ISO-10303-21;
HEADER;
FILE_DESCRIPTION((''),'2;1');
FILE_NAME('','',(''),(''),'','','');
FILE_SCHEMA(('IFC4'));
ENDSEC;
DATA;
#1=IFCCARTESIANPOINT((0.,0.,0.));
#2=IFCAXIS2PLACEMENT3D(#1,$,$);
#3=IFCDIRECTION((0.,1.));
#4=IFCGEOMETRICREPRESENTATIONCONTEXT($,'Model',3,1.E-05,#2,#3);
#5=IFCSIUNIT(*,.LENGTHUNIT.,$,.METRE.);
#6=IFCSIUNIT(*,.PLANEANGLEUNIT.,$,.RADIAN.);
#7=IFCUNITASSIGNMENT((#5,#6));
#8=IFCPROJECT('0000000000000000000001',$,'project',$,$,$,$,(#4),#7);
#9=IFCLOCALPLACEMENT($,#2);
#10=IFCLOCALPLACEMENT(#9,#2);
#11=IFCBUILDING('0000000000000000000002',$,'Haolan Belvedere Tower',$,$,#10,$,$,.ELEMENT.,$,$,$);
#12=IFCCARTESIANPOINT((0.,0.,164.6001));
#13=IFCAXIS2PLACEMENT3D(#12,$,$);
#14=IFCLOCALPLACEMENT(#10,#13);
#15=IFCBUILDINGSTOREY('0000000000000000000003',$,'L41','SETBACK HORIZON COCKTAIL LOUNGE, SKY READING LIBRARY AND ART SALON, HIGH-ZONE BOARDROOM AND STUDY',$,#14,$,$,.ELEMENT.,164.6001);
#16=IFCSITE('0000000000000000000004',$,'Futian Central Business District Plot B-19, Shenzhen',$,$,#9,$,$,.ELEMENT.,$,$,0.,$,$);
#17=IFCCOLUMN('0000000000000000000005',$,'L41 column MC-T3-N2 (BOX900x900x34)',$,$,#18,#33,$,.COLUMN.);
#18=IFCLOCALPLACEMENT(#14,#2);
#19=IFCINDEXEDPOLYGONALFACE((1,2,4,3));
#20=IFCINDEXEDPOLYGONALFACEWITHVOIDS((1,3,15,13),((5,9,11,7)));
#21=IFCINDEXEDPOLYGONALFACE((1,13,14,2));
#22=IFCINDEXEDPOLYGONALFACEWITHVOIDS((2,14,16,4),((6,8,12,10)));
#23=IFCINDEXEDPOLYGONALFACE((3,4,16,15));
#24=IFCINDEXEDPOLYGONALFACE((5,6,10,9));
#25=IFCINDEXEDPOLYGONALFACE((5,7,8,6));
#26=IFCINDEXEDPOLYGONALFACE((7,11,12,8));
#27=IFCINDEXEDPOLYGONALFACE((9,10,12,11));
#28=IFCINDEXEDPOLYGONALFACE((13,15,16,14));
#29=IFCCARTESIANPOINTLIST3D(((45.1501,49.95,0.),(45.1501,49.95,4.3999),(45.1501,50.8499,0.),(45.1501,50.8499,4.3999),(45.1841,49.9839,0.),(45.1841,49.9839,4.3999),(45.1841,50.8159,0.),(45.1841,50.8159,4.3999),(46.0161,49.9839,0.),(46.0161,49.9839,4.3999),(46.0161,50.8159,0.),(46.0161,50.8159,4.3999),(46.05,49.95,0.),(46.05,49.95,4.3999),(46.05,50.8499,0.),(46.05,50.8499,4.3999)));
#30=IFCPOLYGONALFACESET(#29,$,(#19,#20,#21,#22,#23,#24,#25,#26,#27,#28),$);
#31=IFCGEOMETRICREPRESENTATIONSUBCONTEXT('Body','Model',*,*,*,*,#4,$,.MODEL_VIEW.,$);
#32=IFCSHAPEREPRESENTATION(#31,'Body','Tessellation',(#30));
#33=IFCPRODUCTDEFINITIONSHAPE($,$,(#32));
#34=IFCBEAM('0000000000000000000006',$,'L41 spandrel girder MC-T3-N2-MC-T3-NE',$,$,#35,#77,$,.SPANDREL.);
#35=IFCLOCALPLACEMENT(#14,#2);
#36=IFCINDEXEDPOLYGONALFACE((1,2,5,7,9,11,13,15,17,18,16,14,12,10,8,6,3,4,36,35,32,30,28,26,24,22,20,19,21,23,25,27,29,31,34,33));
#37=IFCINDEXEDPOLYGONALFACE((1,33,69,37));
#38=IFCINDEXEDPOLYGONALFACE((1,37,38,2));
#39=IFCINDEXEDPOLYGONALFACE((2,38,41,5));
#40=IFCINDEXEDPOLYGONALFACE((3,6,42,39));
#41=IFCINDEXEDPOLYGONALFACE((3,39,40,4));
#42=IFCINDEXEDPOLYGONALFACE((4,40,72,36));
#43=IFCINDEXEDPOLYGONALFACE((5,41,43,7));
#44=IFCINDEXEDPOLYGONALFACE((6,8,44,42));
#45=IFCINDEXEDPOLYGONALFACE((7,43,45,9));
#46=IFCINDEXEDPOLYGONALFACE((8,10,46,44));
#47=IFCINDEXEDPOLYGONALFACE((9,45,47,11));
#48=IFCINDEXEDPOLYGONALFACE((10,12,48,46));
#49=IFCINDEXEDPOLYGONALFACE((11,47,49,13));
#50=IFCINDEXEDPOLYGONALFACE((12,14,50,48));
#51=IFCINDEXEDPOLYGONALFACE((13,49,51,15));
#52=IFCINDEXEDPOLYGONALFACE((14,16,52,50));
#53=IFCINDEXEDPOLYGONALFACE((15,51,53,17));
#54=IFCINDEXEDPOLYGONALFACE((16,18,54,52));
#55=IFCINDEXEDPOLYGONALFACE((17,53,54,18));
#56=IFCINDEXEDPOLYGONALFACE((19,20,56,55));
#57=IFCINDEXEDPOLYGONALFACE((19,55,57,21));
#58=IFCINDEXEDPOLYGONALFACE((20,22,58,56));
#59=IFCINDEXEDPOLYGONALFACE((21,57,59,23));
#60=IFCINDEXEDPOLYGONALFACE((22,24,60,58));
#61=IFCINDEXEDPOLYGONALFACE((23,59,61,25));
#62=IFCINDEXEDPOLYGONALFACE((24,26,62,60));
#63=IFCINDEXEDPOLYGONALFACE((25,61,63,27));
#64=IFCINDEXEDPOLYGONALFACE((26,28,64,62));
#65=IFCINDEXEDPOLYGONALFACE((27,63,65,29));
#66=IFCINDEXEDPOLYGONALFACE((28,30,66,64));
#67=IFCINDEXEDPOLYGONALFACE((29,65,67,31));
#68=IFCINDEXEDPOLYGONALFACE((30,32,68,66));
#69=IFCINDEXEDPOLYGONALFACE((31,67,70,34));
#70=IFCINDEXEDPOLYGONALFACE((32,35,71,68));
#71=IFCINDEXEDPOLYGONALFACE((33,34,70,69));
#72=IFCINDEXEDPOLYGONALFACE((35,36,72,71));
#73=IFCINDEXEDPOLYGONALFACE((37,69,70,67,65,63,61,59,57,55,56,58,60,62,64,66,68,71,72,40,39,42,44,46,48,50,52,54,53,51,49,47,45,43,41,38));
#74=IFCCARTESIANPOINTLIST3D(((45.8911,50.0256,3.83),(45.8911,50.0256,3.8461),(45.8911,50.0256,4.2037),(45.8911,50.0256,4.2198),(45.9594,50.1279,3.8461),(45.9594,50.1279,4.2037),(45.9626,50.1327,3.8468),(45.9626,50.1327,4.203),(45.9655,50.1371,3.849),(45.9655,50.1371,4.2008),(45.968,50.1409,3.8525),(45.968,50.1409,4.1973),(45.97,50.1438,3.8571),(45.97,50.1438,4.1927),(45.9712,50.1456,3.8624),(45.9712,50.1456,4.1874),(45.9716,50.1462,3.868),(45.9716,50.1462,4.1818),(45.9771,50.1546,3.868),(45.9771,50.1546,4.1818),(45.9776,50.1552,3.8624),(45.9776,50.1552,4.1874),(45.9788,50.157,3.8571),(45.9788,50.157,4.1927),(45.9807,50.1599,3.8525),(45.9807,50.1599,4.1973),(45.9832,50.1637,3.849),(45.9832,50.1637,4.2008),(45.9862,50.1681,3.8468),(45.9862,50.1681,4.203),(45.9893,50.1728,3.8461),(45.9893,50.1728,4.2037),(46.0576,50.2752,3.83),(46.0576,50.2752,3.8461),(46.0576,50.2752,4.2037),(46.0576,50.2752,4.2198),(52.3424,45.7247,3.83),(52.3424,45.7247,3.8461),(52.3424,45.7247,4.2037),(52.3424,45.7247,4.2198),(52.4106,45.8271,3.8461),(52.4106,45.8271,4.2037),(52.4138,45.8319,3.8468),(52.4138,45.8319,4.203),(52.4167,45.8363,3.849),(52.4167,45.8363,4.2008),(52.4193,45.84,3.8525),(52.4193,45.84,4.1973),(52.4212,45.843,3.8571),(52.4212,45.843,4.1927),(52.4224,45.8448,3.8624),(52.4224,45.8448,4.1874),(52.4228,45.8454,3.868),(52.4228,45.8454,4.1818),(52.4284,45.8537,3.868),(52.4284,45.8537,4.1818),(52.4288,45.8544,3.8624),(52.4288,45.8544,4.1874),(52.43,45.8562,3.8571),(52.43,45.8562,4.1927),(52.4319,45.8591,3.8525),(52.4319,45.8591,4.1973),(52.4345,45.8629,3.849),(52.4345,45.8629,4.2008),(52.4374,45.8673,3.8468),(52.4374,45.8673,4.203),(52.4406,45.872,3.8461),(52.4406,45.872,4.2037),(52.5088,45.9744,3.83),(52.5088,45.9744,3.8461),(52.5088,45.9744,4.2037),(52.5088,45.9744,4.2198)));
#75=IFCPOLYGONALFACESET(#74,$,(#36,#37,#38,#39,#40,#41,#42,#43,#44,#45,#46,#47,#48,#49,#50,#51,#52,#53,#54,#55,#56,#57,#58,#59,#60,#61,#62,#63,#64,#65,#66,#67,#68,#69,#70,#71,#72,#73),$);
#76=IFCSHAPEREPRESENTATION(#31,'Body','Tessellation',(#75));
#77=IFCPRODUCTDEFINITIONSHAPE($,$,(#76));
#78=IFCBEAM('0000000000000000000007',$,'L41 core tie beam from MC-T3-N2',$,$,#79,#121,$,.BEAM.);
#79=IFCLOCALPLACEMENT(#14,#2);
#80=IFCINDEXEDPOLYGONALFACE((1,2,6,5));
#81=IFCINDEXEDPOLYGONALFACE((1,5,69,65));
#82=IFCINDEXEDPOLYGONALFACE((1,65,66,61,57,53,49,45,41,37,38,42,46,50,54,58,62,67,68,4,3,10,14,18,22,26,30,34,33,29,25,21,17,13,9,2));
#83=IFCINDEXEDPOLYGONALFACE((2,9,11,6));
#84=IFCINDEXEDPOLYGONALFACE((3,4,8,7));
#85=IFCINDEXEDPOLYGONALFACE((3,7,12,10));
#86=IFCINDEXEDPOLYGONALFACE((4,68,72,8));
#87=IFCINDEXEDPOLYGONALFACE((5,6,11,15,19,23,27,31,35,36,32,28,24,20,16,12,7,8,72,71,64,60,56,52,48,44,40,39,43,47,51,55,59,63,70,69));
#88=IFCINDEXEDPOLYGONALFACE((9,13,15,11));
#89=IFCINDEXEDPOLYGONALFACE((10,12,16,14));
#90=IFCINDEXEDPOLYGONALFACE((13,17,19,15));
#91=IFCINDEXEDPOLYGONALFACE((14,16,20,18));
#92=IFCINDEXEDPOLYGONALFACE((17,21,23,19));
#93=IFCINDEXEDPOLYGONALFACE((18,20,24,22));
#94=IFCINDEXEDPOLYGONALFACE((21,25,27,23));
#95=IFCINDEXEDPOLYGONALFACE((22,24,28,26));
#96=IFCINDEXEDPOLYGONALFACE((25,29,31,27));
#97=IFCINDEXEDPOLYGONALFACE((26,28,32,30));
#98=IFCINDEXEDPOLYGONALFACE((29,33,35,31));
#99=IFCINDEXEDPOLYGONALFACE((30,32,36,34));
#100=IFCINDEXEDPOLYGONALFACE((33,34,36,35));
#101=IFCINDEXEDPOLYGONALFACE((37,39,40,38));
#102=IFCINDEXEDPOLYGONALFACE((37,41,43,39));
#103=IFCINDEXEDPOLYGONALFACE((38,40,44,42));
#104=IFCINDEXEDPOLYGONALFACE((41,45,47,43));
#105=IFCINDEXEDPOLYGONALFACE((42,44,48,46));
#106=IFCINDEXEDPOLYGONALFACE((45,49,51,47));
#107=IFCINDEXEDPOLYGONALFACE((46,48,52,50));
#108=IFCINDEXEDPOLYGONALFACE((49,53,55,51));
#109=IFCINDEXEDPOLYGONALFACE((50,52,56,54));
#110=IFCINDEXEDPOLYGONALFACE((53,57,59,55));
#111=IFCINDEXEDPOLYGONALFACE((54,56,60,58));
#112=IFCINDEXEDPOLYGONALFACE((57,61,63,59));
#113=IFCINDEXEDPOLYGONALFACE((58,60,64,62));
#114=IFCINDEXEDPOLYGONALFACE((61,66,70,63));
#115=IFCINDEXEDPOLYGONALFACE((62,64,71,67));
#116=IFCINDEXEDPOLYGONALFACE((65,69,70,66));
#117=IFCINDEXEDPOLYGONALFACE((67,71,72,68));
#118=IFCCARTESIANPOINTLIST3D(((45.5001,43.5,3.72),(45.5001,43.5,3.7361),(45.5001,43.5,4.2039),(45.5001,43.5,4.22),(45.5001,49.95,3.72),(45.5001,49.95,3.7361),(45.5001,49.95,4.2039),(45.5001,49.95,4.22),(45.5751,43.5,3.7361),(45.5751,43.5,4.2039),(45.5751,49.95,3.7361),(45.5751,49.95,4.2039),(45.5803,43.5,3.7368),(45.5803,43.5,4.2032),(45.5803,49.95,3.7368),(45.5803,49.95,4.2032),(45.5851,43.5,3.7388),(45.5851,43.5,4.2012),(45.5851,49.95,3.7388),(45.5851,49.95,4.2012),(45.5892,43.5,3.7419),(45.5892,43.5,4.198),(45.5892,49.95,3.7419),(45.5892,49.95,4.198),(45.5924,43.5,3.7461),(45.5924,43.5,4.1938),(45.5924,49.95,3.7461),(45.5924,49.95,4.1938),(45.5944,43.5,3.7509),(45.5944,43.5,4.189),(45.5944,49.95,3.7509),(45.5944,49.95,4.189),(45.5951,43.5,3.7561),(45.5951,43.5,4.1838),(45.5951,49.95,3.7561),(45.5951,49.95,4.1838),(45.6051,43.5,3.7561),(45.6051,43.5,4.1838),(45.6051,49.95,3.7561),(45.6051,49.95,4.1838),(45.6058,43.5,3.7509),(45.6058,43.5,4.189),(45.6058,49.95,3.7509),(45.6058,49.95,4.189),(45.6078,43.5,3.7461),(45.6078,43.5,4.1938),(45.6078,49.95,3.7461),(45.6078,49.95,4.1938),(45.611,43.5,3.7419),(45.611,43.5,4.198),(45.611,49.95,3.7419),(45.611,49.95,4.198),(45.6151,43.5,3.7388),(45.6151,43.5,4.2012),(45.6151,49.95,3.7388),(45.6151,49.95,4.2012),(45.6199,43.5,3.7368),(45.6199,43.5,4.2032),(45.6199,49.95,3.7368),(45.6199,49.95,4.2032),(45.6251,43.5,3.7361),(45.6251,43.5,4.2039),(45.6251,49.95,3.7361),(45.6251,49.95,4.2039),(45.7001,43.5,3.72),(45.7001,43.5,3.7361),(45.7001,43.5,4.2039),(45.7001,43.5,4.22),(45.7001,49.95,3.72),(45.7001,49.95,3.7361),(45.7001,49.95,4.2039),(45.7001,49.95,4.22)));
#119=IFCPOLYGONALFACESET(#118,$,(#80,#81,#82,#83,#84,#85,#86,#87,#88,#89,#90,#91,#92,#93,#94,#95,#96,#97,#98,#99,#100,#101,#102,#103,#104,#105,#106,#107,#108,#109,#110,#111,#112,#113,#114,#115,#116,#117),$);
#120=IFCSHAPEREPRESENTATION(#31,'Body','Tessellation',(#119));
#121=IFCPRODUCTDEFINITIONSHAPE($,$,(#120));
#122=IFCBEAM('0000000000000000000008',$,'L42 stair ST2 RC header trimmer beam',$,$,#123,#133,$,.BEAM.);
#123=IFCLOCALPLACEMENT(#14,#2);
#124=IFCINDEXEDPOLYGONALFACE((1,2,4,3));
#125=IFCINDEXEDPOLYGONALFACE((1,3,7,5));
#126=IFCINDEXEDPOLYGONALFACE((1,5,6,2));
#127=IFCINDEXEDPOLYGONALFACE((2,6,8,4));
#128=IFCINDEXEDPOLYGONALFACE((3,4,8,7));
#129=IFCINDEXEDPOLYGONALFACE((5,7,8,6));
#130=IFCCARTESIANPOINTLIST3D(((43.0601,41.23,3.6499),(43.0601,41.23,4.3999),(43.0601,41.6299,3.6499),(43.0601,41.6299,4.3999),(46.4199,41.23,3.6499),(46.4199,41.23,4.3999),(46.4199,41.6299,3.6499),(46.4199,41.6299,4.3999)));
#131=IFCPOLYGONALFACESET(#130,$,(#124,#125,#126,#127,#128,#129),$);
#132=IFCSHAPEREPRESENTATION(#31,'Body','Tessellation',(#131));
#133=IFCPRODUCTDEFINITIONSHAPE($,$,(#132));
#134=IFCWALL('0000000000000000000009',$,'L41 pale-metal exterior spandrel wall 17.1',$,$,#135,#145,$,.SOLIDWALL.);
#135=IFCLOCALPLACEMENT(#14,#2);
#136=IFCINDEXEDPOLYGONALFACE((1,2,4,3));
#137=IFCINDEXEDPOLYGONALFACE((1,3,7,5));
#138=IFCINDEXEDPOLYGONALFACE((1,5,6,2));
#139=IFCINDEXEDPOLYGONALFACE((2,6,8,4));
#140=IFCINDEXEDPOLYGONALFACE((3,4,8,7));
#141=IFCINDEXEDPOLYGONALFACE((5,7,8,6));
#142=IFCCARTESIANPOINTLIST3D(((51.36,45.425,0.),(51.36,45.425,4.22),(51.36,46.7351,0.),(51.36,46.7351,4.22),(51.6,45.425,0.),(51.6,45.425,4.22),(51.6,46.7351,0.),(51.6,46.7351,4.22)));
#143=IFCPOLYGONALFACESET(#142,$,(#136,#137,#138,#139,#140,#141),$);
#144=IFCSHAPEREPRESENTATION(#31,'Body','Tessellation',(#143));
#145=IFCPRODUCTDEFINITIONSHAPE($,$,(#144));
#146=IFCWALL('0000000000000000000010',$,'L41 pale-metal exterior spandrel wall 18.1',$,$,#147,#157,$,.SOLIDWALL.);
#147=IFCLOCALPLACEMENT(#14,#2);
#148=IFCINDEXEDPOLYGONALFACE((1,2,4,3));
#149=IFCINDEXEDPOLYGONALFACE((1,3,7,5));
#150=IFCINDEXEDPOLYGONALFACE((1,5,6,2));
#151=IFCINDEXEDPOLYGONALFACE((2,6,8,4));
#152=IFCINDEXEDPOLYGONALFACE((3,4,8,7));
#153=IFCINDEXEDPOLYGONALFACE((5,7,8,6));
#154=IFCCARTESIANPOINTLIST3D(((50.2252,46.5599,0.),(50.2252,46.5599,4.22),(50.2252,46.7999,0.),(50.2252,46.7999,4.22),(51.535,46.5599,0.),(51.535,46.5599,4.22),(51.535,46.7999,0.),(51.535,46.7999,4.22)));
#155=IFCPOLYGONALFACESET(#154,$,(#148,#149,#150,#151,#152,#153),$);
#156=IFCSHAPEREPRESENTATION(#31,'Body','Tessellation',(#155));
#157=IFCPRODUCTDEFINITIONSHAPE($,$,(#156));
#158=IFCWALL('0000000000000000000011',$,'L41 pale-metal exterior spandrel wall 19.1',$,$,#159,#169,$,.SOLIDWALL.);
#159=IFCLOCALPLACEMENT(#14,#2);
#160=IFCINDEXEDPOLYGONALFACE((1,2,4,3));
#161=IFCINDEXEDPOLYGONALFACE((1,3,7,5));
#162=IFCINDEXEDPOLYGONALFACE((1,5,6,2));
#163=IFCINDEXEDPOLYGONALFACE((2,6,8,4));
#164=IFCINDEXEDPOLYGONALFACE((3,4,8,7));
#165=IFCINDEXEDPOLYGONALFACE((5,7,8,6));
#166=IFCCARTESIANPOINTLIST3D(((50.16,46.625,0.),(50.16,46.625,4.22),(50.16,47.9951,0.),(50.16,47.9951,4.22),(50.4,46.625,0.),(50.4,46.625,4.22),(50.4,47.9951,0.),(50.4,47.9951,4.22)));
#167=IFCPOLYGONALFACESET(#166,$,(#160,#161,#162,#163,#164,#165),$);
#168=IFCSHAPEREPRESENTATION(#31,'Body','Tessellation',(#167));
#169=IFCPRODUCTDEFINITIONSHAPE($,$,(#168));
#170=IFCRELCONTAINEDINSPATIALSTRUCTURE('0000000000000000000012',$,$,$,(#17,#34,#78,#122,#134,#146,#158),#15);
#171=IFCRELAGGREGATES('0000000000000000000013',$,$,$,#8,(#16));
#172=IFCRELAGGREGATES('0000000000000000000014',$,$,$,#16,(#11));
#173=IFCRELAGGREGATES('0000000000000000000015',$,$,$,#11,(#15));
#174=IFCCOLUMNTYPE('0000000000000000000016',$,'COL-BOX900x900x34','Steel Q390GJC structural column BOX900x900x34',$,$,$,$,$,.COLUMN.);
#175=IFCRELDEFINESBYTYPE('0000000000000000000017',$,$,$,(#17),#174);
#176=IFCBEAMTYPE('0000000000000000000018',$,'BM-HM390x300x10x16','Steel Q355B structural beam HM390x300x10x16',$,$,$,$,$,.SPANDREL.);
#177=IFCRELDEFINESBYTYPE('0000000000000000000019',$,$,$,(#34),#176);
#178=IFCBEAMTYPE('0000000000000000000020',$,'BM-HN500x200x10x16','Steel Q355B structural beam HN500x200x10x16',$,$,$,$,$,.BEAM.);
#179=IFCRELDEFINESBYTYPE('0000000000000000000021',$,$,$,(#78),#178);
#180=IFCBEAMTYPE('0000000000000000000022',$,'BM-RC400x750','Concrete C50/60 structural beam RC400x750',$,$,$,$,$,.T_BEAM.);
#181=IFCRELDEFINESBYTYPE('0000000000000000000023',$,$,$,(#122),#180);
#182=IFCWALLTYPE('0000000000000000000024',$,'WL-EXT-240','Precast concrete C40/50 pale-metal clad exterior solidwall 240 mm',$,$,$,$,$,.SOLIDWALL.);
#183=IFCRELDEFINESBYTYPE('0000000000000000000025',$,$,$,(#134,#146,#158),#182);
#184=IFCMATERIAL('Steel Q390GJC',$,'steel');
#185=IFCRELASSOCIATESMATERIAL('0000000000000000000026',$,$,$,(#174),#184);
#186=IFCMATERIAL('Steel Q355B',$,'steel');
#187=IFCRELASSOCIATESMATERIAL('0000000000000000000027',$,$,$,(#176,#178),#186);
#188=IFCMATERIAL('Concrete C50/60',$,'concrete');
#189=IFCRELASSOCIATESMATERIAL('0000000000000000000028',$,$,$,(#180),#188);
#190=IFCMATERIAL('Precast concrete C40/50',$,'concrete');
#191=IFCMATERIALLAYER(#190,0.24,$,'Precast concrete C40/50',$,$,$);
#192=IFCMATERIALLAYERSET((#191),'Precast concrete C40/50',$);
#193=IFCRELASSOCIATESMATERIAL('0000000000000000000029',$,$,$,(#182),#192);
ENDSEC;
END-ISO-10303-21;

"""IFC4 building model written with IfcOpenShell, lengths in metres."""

from ifc_helpers import new_model, si_unit, direction, frame, frame_2d, origin, origin_2d, place, context, subcontext, project, spatial, rectangle, hollow_rectangle, i_section, extrude, material, layer, layer_set, material_profile, profile_set, type_object, element, save


model = new_model("IFC4")

# Units and contexts
model_context = context("Model", 3, precision=1e-05, world=origin(), true_north=direction((0.0, 1.0)))
body_context = subcontext(model_context, "Body", "Model", "MODEL_VIEW")
ifc_project = project(units=[si_unit("LENGTHUNIT", "METRE"), si_unit("PLANEANGLEUNIT", "RADIAN")], contexts=[model_context])

# Site, building, storey
site_placement = place(None, origin())
site = spatial("IfcSite", under=ifc_project, at=site_placement, Name="Futian Central Business District Plot B-19, Shenzhen", CompositionType="ELEMENT", RefElevation=0.0)
building_placement = place(site_placement, origin())
building = spatial("IfcBuilding", under=site, at=building_placement, Name="Haolan Belvedere Tower", CompositionType="ELEMENT")
storey_placement = place(building_placement, frame((0.0, 0.0, 164.6001)))
storey = spatial("IfcBuildingStorey", under=building, at=storey_placement, Name="L41", Description="SETBACK HORIZON COCKTAIL LOUNGE, SKY READING LIBRARY AND ART SALON, HIGH-ZONE BOARDROOM AND STUDY", CompositionType="ELEMENT", Elevation=164.6001)

# Column
ifc_material_1 = material(Name="Steel Q390GJC", Category="steel")
ifc_material_profile_1 = material_profile(ifc_material_1, hollow_rectangle(XDim=0.8999, YDim=0.8999, WallThickness=0.0339, at=origin_2d()), Name="Steel Q390GJC")
ifc_profile_set_1 = profile_set([ifc_material_profile_1], Name="Steel Q390GJC")
column_type = type_object("IfcColumnType", Name="COL-BOX900x900x34", Description="Steel Q390GJC structural column BOX900x900x34", PredefinedType="COLUMN", material=ifc_profile_set_1)
column_placement = place(storey_placement, frame((45.6001, 50.3999, 0.0), z_axis=(0.0, 0.0, 1.0), x_axis=(1.0, 0.0, 0.0)))
element("IfcColumn", 1, at=column_placement, inside=storey, type_object=column_type, Name="L41 column MC-T3-N2 (BOX900x900x34)", PredefinedType="COLUMN", context=body_context, shape_type="SweptSolid", body=[
    extrude(hollow_rectangle(XDim=0.8999, YDim=0.8999, WallThickness=0.0339, at=origin_2d()), origin(), (0.0, 0.0, 1.0), 4.3999),
])

# Beams
ifc_material_2 = material(Name="Steel Q355B", Category="steel")
ifc_material_profile_2 = material_profile(ifc_material_2, i_section(OverallWidth=0.3, OverallDepth=0.3899, WebThickness=0.01, FlangeThickness=0.0161, FilletRadius=0.022, at=origin_2d()), Name="Steel Q355B")
ifc_profile_set_2 = profile_set([ifc_material_profile_2], Name="Steel Q355B")
beam_type_1 = type_object("IfcBeamType", Name="BM-HM390x300x10x16", Description="Steel Q355B structural beam HM390x300x10x16", PredefinedType="SPANDREL", material=ifc_profile_set_2)
beam_1_placement = place(storey_placement, frame((45.9744, 50.1504, 4.0249), z_axis=(0.83205, -0.5547, 0.0), x_axis=(0.5547, 0.83205, 0.0)))
element("IfcBeam", 2, at=beam_1_placement, inside=storey, type_object=beam_type_1, Name="L41 spandrel girder MC-T3-N2-MC-T3-NE", PredefinedType="SPANDREL", context=body_context, shape_type="SweptSolid", body=[
    extrude(i_section(OverallWidth=0.3, OverallDepth=0.3899, WebThickness=0.01, FlangeThickness=0.0161, FilletRadius=0.022, at=origin_2d()), origin(), (0.0, 0.0, 1.0), 7.7534),
])
ifc_material_profile_3 = material_profile(ifc_material_2, i_section(OverallWidth=0.2, OverallDepth=0.5, WebThickness=0.01, FlangeThickness=0.0161, FilletRadius=0.02, at=origin_2d()), Name="Steel Q355B")
ifc_profile_set_3 = profile_set([ifc_material_profile_3], Name="Steel Q355B")
beam_type_2 = type_object("IfcBeamType", Name="BM-HN500x200x10x16", Description="Steel Q355B structural beam HN500x200x10x16", PredefinedType="BEAM", material=ifc_profile_set_3)
beam_2_placement = place(storey_placement, frame((45.6001, 49.95, 3.97), z_axis=(0.0, -1.0, 0.0), x_axis=(1.0, 0.0, 0.0)))
element("IfcBeam", 3, at=beam_2_placement, inside=storey, type_object=beam_type_2, Name="L41 core tie beam from MC-T3-N2", PredefinedType="BEAM", context=body_context, shape_type="SweptSolid", body=[
    extrude(i_section(OverallWidth=0.2, OverallDepth=0.5, WebThickness=0.01, FlangeThickness=0.0161, FilletRadius=0.02, at=origin_2d()), origin(), (0.0, 0.0, 1.0), 6.45),
])
ifc_material_3 = material(Name="Concrete C50/60", Category="concrete")
ifc_material_profile_4 = material_profile(ifc_material_3, rectangle(XDim=0.3999, YDim=0.75, at=origin_2d()), Name="Concrete C50/60")
ifc_profile_set_4 = profile_set([ifc_material_profile_4], Name="Concrete C50/60")
beam_type_3 = type_object("IfcBeamType", Name="BM-RC400x750", Description="Concrete C50/60 structural beam RC400x750", PredefinedType="T_BEAM", material=ifc_profile_set_4)
beam_3_placement = place(storey_placement, frame((43.0601, 41.4299, 4.0249), z_axis=(1.0, 0.0, 0.0), x_axis=(0.0, 1.0, 0.0)))
element("IfcBeam", 4, at=beam_3_placement, inside=storey, type_object=beam_type_3, Name="L42 stair ST2 RC header trimmer beam", PredefinedType="BEAM", context=body_context, shape_type="SweptSolid", body=[
    extrude(rectangle(XDim=0.3999, YDim=0.75, at=origin_2d()), origin(), (0.0, 0.0, 1.0), 3.3599),
])

# Walls
ifc_material_4 = material(Name="Precast concrete C40/50", Category="concrete")
ifc_layer_1 = layer(ifc_material_4, 0.24, Name="Precast concrete C40/50")
ifc_layer_set_1 = layer_set([ifc_layer_1], Name="Precast concrete C40/50")
wall_type_1 = type_object("IfcWallType", Name="WL-EXT-240", Description="Precast concrete C40/50 pale-metal clad exterior solidwall 240 mm", PredefinedType="SOLIDWALL", material=ifc_layer_set_1)
wall_1_placement = place(storey_placement, frame((51.48, 45.425, 0.0), z_axis=(0.0, 0.0, 1.0), x_axis=(0.0, 1.0, 0.0)))
element("IfcWall", 5, at=wall_1_placement, inside=storey, type_object=wall_type_1, Name="L41 pale-metal exterior spandrel wall 17.1", PredefinedType="SOLIDWALL", context=body_context, shape_type="SweptSolid", body=[
    extrude(rectangle(XDim=1.3101, YDim=0.24, at=frame_2d((0.655, 0.0))), origin(), (0.0, 0.0, 1.0), 4.22),
])
wall_2_placement = place(storey_placement, frame((51.5349, 46.6799, 0.0), z_axis=(0.0, 0.0, 1.0), x_axis=(-1.0, 0.0, 0.0)))
element("IfcWall", 6, at=wall_2_placement, inside=storey, type_object=wall_type_1, Name="L41 pale-metal exterior spandrel wall 18.1", PredefinedType="SOLIDWALL", context=body_context, shape_type="SweptSolid", body=[
    extrude(rectangle(XDim=1.3098, YDim=0.24, at=frame_2d((0.6548, 0.0))), origin(), (0.0, 0.0, 1.0), 4.22),
])
wall_3_placement = place(storey_placement, frame((50.28, 46.625, 0.0), z_axis=(0.0, 0.0, 1.0), x_axis=(0.0, 1.0, 0.0)))
element("IfcWall", 7, at=wall_3_placement, inside=storey, type_object=wall_type_1, Name="L41 pale-metal exterior spandrel wall 19.1", PredefinedType="SOLIDWALL", context=body_context, shape_type="SweptSolid", body=[
    extrude(rectangle(XDim=1.3701, YDim=0.24, at=frame_2d((0.6851, 0.0))), origin(), (0.0, 0.0, 1.0), 4.22),
])

save(model, "model.ifc")
